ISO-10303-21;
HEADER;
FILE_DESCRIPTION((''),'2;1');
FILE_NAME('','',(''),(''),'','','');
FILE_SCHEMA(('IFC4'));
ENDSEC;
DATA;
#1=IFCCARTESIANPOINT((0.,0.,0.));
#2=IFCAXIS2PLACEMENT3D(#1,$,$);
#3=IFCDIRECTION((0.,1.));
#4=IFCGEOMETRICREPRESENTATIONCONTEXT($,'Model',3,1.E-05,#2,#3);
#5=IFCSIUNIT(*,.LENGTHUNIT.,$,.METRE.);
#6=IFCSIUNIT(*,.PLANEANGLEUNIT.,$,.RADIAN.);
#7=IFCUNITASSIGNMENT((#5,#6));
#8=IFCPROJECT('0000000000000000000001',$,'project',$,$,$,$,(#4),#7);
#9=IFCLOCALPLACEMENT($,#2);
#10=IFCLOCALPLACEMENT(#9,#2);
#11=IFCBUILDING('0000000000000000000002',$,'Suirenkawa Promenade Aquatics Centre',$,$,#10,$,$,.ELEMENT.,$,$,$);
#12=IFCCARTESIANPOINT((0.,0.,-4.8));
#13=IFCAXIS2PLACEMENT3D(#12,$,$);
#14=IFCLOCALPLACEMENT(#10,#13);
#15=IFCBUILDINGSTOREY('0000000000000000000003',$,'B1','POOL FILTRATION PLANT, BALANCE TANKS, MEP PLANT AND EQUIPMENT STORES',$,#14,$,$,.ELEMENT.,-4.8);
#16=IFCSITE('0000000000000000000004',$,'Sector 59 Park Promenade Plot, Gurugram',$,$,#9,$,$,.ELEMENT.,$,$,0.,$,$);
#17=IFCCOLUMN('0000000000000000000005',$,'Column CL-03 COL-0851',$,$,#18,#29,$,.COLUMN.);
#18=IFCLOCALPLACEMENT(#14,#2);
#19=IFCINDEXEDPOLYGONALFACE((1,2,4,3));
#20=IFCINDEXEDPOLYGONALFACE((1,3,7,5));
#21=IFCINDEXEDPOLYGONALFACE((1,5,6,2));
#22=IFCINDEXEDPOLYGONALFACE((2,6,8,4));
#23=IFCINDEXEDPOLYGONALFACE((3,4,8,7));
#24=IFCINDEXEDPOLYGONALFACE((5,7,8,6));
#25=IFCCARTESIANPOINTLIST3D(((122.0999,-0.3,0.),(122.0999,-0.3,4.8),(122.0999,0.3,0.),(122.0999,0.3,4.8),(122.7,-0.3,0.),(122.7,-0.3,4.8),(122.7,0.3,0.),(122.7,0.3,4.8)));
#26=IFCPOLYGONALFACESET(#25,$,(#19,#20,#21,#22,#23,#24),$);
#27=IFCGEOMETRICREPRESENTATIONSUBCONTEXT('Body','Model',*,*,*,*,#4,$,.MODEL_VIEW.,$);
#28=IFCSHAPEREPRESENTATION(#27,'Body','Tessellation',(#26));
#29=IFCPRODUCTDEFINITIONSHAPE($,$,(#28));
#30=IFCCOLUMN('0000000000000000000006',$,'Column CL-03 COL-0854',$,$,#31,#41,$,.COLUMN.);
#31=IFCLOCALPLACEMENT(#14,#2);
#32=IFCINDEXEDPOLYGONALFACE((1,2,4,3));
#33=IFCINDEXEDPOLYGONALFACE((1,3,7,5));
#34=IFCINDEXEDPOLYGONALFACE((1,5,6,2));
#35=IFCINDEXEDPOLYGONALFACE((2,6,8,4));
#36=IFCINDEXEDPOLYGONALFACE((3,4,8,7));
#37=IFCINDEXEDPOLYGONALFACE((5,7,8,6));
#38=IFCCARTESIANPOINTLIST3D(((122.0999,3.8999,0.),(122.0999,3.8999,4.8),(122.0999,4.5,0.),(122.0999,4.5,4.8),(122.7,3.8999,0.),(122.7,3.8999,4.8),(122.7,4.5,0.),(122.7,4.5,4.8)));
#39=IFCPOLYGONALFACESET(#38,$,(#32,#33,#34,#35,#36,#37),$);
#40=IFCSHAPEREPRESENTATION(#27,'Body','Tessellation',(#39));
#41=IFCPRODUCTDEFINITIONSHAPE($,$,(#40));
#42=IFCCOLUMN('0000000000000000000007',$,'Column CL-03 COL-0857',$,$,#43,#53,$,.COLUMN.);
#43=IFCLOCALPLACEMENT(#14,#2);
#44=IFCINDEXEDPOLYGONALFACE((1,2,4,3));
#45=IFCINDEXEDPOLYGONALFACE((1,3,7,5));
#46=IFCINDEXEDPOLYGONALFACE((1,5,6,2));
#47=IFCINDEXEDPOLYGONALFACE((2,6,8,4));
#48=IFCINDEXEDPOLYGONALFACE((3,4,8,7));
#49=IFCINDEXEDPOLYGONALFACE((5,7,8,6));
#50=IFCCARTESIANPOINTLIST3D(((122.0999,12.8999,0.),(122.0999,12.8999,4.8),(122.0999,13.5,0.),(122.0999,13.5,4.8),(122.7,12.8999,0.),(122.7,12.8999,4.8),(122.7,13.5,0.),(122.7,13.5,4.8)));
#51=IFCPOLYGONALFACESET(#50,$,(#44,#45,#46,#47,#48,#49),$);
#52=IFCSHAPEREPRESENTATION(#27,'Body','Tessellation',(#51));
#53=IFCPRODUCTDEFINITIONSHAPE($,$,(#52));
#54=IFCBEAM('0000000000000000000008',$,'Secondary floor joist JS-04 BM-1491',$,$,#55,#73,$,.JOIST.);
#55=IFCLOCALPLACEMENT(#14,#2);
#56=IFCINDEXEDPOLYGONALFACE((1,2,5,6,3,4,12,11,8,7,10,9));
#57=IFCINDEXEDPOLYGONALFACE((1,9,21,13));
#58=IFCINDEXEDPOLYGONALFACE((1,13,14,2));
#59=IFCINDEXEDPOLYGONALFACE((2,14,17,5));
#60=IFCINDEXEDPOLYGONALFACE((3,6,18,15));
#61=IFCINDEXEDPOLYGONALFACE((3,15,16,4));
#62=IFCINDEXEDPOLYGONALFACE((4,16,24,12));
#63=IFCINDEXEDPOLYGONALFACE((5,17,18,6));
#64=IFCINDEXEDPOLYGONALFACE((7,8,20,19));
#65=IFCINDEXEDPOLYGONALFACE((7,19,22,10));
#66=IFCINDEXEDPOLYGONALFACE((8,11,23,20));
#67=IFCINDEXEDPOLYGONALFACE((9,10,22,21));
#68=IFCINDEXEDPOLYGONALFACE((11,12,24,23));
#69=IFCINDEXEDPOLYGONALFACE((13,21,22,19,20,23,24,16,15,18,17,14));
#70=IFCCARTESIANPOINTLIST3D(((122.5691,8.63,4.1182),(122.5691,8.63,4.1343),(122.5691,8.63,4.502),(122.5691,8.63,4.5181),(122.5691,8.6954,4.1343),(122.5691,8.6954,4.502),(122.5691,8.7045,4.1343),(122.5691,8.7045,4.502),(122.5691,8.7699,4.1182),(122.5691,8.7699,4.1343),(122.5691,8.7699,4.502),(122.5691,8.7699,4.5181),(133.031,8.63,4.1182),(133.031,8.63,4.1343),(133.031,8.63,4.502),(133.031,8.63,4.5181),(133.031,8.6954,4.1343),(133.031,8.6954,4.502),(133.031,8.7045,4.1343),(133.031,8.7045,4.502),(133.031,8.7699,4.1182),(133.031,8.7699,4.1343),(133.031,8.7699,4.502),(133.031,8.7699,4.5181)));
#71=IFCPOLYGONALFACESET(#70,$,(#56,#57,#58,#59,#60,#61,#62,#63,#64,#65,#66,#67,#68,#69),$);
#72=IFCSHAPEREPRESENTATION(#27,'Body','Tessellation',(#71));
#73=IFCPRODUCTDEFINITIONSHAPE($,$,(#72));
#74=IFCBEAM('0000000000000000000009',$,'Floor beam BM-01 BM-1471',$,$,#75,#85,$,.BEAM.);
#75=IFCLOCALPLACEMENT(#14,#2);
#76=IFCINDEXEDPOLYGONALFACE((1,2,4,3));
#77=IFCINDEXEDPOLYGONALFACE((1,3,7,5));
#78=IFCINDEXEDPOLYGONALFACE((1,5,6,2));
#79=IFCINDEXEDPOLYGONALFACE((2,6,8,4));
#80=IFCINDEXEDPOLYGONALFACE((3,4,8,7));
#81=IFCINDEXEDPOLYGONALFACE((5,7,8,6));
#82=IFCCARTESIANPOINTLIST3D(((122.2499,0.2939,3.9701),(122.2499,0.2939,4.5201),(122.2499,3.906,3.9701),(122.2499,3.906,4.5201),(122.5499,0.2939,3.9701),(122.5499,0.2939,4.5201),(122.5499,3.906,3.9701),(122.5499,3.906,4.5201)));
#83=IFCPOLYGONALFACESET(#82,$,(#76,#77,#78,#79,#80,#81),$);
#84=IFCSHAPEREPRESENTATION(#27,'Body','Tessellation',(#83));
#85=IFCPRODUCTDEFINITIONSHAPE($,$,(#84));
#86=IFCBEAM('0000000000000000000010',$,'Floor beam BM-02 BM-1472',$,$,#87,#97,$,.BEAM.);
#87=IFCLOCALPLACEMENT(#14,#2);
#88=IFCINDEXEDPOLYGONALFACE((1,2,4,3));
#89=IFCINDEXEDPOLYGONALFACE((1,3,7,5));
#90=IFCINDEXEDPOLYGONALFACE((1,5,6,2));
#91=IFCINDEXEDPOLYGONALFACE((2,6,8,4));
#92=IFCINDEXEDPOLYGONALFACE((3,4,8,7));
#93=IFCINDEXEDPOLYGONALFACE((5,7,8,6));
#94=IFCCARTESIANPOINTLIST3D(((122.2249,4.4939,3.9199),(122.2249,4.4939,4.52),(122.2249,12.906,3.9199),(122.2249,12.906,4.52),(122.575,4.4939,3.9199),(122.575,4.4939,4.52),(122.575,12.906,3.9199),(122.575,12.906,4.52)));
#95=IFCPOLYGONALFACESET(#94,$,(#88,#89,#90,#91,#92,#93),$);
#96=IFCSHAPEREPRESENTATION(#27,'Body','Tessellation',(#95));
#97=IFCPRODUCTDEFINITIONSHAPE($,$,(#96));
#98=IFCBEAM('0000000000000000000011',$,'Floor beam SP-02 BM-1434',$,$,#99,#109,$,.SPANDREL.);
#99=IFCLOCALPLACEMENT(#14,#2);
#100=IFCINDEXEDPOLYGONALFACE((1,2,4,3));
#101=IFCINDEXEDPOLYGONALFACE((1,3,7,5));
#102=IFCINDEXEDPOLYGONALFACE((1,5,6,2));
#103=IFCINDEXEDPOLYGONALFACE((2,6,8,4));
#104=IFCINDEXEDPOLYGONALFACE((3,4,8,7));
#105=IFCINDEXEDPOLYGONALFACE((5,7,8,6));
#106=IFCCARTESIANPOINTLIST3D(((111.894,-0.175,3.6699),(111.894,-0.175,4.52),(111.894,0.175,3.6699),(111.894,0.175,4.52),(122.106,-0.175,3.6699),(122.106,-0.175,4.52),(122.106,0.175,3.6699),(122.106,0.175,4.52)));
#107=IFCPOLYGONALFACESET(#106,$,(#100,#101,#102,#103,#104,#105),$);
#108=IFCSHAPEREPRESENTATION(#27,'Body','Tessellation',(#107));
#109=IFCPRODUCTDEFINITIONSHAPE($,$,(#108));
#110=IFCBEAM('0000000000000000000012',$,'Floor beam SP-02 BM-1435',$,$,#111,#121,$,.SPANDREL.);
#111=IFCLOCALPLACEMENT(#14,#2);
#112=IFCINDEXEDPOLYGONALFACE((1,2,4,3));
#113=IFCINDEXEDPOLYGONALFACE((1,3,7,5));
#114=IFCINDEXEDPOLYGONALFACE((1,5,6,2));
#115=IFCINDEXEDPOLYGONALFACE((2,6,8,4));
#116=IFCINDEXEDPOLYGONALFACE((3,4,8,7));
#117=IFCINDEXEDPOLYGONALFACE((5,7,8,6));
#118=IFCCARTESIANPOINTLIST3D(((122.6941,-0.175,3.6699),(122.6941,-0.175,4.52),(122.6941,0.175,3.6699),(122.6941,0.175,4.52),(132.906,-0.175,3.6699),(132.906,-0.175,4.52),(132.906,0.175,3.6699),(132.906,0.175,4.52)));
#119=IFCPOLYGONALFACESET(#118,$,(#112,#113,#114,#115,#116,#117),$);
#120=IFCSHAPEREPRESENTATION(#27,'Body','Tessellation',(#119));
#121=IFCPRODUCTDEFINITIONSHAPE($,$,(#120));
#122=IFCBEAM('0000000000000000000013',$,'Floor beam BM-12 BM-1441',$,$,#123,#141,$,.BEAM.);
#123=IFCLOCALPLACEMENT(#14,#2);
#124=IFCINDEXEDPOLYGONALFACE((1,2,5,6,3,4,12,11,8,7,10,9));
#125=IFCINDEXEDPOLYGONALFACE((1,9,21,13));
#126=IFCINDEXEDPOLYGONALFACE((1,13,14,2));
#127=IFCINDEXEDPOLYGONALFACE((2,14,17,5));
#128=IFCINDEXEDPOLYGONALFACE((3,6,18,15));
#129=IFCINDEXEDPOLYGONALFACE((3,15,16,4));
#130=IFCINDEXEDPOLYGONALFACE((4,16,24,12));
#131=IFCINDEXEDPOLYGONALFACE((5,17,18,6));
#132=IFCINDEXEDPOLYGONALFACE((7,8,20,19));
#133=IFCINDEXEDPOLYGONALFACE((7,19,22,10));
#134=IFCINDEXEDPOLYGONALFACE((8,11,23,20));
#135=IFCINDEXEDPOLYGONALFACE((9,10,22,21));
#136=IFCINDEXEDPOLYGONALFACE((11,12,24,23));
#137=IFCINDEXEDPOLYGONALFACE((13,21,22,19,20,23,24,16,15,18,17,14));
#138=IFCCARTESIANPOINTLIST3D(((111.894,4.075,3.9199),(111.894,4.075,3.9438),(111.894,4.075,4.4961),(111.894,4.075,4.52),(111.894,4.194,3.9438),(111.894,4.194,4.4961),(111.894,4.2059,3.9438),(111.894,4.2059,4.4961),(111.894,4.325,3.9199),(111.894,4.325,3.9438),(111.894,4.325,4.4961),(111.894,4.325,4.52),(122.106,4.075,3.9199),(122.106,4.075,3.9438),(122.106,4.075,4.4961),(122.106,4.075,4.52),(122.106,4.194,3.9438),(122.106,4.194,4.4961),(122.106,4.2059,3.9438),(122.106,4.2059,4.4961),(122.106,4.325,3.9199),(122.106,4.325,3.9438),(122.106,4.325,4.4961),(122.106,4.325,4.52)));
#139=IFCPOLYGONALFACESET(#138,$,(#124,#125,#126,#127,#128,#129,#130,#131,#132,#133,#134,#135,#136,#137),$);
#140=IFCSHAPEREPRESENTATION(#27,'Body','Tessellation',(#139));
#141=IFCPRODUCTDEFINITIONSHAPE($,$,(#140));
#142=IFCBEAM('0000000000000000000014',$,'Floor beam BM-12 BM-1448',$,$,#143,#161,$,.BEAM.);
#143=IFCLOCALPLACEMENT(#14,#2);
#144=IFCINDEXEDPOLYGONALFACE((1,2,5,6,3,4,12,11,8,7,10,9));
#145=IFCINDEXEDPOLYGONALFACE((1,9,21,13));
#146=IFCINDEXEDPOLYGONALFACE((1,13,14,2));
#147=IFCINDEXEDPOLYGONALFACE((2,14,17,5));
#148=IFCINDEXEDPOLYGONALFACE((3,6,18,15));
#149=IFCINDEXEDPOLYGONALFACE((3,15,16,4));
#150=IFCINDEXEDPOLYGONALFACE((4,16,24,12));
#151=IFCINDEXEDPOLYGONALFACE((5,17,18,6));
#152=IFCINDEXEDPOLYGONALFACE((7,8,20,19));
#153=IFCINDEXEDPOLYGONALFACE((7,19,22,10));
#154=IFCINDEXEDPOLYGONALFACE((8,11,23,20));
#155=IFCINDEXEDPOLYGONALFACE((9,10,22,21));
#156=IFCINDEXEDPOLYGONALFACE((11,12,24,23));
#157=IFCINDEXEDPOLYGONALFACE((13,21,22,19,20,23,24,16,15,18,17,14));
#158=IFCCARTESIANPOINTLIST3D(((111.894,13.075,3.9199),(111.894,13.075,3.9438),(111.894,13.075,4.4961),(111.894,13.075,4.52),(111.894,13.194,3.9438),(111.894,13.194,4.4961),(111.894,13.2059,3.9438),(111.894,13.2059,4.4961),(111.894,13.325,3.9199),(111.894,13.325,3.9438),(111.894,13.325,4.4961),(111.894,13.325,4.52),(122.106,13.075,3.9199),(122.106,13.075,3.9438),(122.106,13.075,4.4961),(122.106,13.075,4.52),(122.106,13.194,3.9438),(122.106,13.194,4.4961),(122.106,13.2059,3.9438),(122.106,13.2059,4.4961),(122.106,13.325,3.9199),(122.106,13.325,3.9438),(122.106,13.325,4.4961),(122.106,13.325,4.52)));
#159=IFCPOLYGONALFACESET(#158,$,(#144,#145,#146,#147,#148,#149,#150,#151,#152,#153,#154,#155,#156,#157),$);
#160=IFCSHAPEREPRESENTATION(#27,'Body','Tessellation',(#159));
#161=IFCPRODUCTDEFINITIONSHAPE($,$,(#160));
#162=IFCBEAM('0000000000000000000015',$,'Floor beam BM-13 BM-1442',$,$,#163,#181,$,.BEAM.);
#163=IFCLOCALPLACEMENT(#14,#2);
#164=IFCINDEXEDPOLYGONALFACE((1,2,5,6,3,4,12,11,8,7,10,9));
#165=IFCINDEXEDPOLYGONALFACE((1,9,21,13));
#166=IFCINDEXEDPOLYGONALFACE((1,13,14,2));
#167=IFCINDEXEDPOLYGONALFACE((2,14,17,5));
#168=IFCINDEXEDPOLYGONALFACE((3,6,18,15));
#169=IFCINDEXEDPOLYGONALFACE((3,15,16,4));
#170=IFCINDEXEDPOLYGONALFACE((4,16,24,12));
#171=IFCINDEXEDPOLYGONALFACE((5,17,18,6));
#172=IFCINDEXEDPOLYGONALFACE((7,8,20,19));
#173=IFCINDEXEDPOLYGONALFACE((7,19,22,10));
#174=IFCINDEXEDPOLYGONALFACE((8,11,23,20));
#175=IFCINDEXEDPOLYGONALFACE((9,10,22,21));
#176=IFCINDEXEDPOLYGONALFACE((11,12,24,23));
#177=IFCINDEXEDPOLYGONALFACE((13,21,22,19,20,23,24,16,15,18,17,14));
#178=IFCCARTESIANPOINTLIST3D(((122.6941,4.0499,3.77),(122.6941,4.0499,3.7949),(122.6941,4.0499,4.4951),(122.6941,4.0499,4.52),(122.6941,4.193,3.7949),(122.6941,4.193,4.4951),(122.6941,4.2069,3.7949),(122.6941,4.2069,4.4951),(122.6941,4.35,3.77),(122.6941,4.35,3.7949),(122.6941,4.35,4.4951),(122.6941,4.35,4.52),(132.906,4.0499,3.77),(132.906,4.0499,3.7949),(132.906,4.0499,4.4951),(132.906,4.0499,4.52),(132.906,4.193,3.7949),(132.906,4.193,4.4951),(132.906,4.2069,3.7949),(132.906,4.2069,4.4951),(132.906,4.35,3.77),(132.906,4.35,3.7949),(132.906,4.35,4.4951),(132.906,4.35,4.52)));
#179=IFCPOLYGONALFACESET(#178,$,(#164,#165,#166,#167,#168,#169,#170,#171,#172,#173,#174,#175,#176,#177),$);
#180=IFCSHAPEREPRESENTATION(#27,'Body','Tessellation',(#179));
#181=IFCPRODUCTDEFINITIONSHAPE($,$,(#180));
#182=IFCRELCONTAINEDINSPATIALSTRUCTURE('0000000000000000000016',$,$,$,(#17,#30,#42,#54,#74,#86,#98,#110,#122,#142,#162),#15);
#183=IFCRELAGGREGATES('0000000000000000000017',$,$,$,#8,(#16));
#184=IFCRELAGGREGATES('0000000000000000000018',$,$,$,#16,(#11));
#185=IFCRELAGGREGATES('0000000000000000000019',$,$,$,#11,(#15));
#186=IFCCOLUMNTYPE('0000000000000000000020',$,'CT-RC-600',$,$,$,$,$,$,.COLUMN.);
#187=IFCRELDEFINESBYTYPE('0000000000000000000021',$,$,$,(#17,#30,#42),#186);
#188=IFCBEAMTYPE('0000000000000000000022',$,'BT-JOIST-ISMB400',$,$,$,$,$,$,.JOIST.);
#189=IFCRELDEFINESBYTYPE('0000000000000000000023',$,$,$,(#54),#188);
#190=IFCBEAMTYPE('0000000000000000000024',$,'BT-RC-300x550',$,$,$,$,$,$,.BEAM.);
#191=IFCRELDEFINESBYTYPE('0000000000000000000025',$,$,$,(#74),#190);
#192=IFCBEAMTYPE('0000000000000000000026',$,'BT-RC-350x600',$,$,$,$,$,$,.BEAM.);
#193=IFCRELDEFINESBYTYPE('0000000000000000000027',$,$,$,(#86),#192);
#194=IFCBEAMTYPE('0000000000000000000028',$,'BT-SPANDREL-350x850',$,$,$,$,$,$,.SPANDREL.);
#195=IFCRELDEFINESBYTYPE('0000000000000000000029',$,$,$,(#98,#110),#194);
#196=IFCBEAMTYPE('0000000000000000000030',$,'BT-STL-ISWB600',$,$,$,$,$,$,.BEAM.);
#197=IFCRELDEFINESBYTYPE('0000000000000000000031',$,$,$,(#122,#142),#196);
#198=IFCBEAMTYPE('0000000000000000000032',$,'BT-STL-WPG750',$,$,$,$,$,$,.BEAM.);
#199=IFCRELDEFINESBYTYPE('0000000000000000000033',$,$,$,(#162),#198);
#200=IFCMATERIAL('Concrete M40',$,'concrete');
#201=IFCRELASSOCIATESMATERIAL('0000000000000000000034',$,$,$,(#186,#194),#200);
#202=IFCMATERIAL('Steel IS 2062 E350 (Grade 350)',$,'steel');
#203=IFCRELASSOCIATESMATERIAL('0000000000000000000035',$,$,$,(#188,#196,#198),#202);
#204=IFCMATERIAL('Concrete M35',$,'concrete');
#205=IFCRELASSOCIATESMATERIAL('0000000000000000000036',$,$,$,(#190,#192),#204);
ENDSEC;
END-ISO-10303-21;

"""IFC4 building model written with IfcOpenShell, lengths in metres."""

from ifc_helpers import new_model, si_unit, direction, frame, origin, origin_2d, place, context, subcontext, project, spatial, rectangle, i_section, extrude, material, material_profile, profile_set, type_object, element, save


model = new_model("IFC4")

# Units and contexts
model_context = context("Model", 3, precision=1e-05, world=origin(), true_north=direction((0.0, 1.0)))
body_context = subcontext(model_context, "Body", "Model", "MODEL_VIEW")
ifc_project = project(units=[si_unit("LENGTHUNIT", "METRE"), si_unit("PLANEANGLEUNIT", "RADIAN")], contexts=[model_context])

# Site, building, storey
site_placement = place(None, origin())
site = spatial("IfcSite", under=ifc_project, at=site_placement, Name="Sector 59 Park Promenade Plot, Gurugram", CompositionType="ELEMENT", RefElevation=0.0)
building_placement = place(site_placement, origin())
building = spatial("IfcBuilding", under=site, at=building_placement, Name="Suirenkawa Promenade Aquatics Centre", CompositionType="ELEMENT")
storey_placement = place(building_placement, frame((0.0, 0.0, -4.8)))
storey = spatial("IfcBuildingStorey", under=building, at=storey_placement, Name="B1", Description="POOL FILTRATION PLANT, BALANCE TANKS, MEP PLANT AND EQUIPMENT STORES", CompositionType="ELEMENT", Elevation=-4.8)

# Shared definitions
ifc_material_1 = material(Name="Concrete M35", Category="concrete")

# Columns
ifc_material_2 = material(Name="Concrete M40", Category="concrete")
ifc_material_profile_1 = material_profile(ifc_material_2, rectangle(XDim=0.6001, YDim=0.6001, at=origin_2d()), Name="RC COL 600x600", Category="concrete")
ifc_profile_set_1 = profile_set([ifc_material_profile_1], Name="Concrete M40")
column_type = type_object("IfcColumnType", Name="CT-RC-600", PredefinedType="COLUMN", material=ifc_profile_set_1)
for number, where, z_axis, x_axis, name in (
    (1, (122.3999, 0.0, 0.0), (0.0, 0.0, 1.0), (1.0, 0.0, 0.0), "Column CL-03 COL-0851"),
    (2, (122.3999, 4.2, 0.0), (0.0, 0.0, 1.0), (1.0, 0.0, 0.0), "Column CL-03 COL-0854"),
    (3, (122.3999, 13.2, 0.0), (0.0, 0.0, 1.0), (1.0, 0.0, 0.0), "Column CL-03 COL-0857"),
):
    element("IfcColumn", number, at=place(storey_placement, frame(where, z_axis=z_axis, x_axis=x_axis)), inside=storey, type_object=column_type, Name=name, PredefinedType="COLUMN", context=body_context, shape_type="SweptSolid", body=[
        extrude(rectangle(XDim=0.6001, YDim=0.6001, at=origin_2d()), origin(), (0.0, 0.0, 1.0), 4.8),
    ])

# Beams
ifc_material_3 = material(Name="Steel IS 2062 E350 (Grade 350)", Category="steel")
ifc_material_profile_2 = material_profile(ifc_material_3, i_section(OverallWidth=0.1399, OverallDepth=0.3999, WebThickness=0.009, FlangeThickness=0.0161, at=origin_2d()), Name="ISMB 400", Category="steel")
ifc_profile_set_2 = profile_set([ifc_material_profile_2], Name="Steel IS 2062 E350 (Grade 350)")
beam_type_1 = type_object("IfcBeamType", Name="BT-JOIST-ISMB400", PredefinedType="JOIST", material=ifc_profile_set_2)
beam_1_placement = place(storey_placement, frame((122.5691, 8.7, 4.3181), z_axis=(1.0, 0.0, 0.0), x_axis=(0.0, 1.0, 0.0)))
element("IfcBeam", 4, at=beam_1_placement, inside=storey, type_object=beam_type_1, Name="Secondary floor joist JS-04 BM-1491", PredefinedType="JOIST", context=body_context, shape_type="SweptSolid", body=[
    extrude(i_section(OverallWidth=0.1399, OverallDepth=0.3999, WebThickness=0.009, FlangeThickness=0.0161, at=origin_2d()), origin(), (0.0, 0.0, 1.0), 10.4619),
])
ifc_material_profile_3 = material_profile(ifc_material_1, rectangle(XDim=0.3, YDim=0.55, at=origin_2d()), Name="RC BM 300x550", Category="concrete")
ifc_profile_set_3 = profile_set([ifc_material_profile_3], Name="Concrete M35")
beam_type_2 = type_object("IfcBeamType", Name="BT-RC-300x550", PredefinedType="BEAM", material=ifc_profile_set_3)
beam_2_placement = place(storey_placement, frame((122.3999, 0.2939, 4.2451), z_axis=(0.0, 1.0, 0.0), x_axis=(-1.0, 0.0, 0.0)))
element("IfcBeam", 5, at=beam_2_placement, inside=storey, type_object=beam_type_2, Name="Floor beam BM-01 BM-1471", PredefinedType="BEAM", context=body_context, shape_type="SweptSolid", body=[
    extrude(rectangle(XDim=0.3, YDim=0.55, at=origin_2d()), origin(), (0.0, 0.0, 1.0), 3.6121),
])
ifc_material_profile_4 = material_profile(ifc_material_1, rectangle(XDim=0.3501, YDim=0.6001, at=origin_2d()), Name="RC BM 350x600", Category="concrete")
ifc_profile_set_4 = profile_set([ifc_material_profile_4], Name="Concrete M35")
beam_type_3 = type_object("IfcBeamType", Name="BT-RC-350x600", PredefinedType="BEAM", material=ifc_profile_set_4)
beam_3_placement = place(storey_placement, frame((122.3999, 4.4939, 4.22), z_axis=(0.0, 1.0, 0.0), x_axis=(-1.0, 0.0, 0.0)))
element("IfcBeam", 6, at=beam_3_placement, inside=storey, type_object=beam_type_3, Name="Floor beam BM-02 BM-1472", PredefinedType="BEAM", context=body_context, shape_type="SweptSolid", body=[
    extrude(rectangle(XDim=0.3501, YDim=0.6001, at=origin_2d()), origin(), (0.0, 0.0, 1.0), 8.4121),
])
ifc_material_profile_5 = material_profile(ifc_material_2, rectangle(XDim=0.3501, YDim=0.8501, at=origin_2d()), Name="RC SPANDREL 350x850", Category="concrete")
ifc_profile_set_5 = profile_set([ifc_material_profile_5], Name="Concrete M40")
beam_type_4 = type_object("IfcBeamType", Name="BT-SPANDREL-350x850", PredefinedType="SPANDREL", material=ifc_profile_set_5)
for number, where, z_axis, x_axis, name in (
    (7, (111.894, 0.0, 4.095), (1.0, 0.0, 0.0), (0.0, 1.0, 0.0), "Floor beam SP-02 BM-1434"),
    (8, (122.6941, 0.0, 4.095), (1.0, 0.0, 0.0), (0.0, 1.0, 0.0), "Floor beam SP-02 BM-1435"),
):
    element("IfcBeam", number, at=place(storey_placement, frame(where, z_axis=z_axis, x_axis=x_axis)), inside=storey, type_object=beam_type_4, Name=name, PredefinedType="SPANDREL", context=body_context, shape_type="SweptSolid", body=[
        extrude(rectangle(XDim=0.3501, YDim=0.8501, at=origin_2d()), origin(), (0.0, 0.0, 1.0), 10.2119),
    ])
ifc_material_profile_6 = material_profile(ifc_material_3, i_section(OverallWidth=0.25, OverallDepth=0.6001, WebThickness=0.012, FlangeThickness=0.0239, at=origin_2d()), Name="ISWB 600", Category="steel")
ifc_profile_set_6 = profile_set([ifc_material_profile_6], Name="Steel IS 2062 E350 (Grade 350)")
beam_type_5 = type_object("IfcBeamType", Name="BT-STL-ISWB600", PredefinedType="BEAM", material=ifc_profile_set_6)
for number, where, z_axis, x_axis, name in (
    (9, (111.894, 4.2, 4.22), (1.0, 0.0, 0.0), (0.0, 1.0, 0.0), "Floor beam BM-12 BM-1441"),
    (10, (111.894, 13.2, 4.22), (1.0, 0.0, 0.0), (0.0, 1.0, 0.0), "Floor beam BM-12 BM-1448"),
):
    element("IfcBeam", number, at=place(storey_placement, frame(where, z_axis=z_axis, x_axis=x_axis)), inside=storey, type_object=beam_type_5, Name=name, PredefinedType="BEAM", context=body_context, shape_type="SweptSolid", body=[
        extrude(i_section(OverallWidth=0.25, OverallDepth=0.6001, WebThickness=0.012, FlangeThickness=0.0239, at=origin_2d()), origin(), (0.0, 0.0, 1.0), 10.2119),
    ])
ifc_material_profile_7 = material_profile(ifc_material_3, i_section(OverallWidth=0.3, OverallDepth=0.75, WebThickness=0.0139, FlangeThickness=0.0249, at=origin_2d()), Name="WPG 750x300", Category="steel")
ifc_profile_set_7 = profile_set([ifc_material_profile_7], Name="Steel IS 2062 E350 (Grade 350)")
beam_type_6 = type_object("IfcBeamType", Name="BT-STL-WPG750", PredefinedType="BEAM", material=ifc_profile_set_7)
for number, where, z_axis, x_axis, name in (
    (11, (122.6941, 4.2, 4.145), (1.0, 0.0, 0.0), (0.0, 1.0, 0.0), "Floor beam BM-13 BM-1442"),
):
    element("IfcBeam", number, at=place(storey_placement, frame(where, z_axis=z_axis, x_axis=x_axis)), inside=storey, type_object=beam_type_6, Name=name, PredefinedType="BEAM", context=body_context, shape_type="SweptSolid", body=[
        extrude(i_section(OverallWidth=0.3, OverallDepth=0.75, WebThickness=0.0139, FlangeThickness=0.0249, at=origin_2d()), origin(), (0.0, 0.0, 1.0), 10.2119),
    ])

save(model, "model.ifc")
